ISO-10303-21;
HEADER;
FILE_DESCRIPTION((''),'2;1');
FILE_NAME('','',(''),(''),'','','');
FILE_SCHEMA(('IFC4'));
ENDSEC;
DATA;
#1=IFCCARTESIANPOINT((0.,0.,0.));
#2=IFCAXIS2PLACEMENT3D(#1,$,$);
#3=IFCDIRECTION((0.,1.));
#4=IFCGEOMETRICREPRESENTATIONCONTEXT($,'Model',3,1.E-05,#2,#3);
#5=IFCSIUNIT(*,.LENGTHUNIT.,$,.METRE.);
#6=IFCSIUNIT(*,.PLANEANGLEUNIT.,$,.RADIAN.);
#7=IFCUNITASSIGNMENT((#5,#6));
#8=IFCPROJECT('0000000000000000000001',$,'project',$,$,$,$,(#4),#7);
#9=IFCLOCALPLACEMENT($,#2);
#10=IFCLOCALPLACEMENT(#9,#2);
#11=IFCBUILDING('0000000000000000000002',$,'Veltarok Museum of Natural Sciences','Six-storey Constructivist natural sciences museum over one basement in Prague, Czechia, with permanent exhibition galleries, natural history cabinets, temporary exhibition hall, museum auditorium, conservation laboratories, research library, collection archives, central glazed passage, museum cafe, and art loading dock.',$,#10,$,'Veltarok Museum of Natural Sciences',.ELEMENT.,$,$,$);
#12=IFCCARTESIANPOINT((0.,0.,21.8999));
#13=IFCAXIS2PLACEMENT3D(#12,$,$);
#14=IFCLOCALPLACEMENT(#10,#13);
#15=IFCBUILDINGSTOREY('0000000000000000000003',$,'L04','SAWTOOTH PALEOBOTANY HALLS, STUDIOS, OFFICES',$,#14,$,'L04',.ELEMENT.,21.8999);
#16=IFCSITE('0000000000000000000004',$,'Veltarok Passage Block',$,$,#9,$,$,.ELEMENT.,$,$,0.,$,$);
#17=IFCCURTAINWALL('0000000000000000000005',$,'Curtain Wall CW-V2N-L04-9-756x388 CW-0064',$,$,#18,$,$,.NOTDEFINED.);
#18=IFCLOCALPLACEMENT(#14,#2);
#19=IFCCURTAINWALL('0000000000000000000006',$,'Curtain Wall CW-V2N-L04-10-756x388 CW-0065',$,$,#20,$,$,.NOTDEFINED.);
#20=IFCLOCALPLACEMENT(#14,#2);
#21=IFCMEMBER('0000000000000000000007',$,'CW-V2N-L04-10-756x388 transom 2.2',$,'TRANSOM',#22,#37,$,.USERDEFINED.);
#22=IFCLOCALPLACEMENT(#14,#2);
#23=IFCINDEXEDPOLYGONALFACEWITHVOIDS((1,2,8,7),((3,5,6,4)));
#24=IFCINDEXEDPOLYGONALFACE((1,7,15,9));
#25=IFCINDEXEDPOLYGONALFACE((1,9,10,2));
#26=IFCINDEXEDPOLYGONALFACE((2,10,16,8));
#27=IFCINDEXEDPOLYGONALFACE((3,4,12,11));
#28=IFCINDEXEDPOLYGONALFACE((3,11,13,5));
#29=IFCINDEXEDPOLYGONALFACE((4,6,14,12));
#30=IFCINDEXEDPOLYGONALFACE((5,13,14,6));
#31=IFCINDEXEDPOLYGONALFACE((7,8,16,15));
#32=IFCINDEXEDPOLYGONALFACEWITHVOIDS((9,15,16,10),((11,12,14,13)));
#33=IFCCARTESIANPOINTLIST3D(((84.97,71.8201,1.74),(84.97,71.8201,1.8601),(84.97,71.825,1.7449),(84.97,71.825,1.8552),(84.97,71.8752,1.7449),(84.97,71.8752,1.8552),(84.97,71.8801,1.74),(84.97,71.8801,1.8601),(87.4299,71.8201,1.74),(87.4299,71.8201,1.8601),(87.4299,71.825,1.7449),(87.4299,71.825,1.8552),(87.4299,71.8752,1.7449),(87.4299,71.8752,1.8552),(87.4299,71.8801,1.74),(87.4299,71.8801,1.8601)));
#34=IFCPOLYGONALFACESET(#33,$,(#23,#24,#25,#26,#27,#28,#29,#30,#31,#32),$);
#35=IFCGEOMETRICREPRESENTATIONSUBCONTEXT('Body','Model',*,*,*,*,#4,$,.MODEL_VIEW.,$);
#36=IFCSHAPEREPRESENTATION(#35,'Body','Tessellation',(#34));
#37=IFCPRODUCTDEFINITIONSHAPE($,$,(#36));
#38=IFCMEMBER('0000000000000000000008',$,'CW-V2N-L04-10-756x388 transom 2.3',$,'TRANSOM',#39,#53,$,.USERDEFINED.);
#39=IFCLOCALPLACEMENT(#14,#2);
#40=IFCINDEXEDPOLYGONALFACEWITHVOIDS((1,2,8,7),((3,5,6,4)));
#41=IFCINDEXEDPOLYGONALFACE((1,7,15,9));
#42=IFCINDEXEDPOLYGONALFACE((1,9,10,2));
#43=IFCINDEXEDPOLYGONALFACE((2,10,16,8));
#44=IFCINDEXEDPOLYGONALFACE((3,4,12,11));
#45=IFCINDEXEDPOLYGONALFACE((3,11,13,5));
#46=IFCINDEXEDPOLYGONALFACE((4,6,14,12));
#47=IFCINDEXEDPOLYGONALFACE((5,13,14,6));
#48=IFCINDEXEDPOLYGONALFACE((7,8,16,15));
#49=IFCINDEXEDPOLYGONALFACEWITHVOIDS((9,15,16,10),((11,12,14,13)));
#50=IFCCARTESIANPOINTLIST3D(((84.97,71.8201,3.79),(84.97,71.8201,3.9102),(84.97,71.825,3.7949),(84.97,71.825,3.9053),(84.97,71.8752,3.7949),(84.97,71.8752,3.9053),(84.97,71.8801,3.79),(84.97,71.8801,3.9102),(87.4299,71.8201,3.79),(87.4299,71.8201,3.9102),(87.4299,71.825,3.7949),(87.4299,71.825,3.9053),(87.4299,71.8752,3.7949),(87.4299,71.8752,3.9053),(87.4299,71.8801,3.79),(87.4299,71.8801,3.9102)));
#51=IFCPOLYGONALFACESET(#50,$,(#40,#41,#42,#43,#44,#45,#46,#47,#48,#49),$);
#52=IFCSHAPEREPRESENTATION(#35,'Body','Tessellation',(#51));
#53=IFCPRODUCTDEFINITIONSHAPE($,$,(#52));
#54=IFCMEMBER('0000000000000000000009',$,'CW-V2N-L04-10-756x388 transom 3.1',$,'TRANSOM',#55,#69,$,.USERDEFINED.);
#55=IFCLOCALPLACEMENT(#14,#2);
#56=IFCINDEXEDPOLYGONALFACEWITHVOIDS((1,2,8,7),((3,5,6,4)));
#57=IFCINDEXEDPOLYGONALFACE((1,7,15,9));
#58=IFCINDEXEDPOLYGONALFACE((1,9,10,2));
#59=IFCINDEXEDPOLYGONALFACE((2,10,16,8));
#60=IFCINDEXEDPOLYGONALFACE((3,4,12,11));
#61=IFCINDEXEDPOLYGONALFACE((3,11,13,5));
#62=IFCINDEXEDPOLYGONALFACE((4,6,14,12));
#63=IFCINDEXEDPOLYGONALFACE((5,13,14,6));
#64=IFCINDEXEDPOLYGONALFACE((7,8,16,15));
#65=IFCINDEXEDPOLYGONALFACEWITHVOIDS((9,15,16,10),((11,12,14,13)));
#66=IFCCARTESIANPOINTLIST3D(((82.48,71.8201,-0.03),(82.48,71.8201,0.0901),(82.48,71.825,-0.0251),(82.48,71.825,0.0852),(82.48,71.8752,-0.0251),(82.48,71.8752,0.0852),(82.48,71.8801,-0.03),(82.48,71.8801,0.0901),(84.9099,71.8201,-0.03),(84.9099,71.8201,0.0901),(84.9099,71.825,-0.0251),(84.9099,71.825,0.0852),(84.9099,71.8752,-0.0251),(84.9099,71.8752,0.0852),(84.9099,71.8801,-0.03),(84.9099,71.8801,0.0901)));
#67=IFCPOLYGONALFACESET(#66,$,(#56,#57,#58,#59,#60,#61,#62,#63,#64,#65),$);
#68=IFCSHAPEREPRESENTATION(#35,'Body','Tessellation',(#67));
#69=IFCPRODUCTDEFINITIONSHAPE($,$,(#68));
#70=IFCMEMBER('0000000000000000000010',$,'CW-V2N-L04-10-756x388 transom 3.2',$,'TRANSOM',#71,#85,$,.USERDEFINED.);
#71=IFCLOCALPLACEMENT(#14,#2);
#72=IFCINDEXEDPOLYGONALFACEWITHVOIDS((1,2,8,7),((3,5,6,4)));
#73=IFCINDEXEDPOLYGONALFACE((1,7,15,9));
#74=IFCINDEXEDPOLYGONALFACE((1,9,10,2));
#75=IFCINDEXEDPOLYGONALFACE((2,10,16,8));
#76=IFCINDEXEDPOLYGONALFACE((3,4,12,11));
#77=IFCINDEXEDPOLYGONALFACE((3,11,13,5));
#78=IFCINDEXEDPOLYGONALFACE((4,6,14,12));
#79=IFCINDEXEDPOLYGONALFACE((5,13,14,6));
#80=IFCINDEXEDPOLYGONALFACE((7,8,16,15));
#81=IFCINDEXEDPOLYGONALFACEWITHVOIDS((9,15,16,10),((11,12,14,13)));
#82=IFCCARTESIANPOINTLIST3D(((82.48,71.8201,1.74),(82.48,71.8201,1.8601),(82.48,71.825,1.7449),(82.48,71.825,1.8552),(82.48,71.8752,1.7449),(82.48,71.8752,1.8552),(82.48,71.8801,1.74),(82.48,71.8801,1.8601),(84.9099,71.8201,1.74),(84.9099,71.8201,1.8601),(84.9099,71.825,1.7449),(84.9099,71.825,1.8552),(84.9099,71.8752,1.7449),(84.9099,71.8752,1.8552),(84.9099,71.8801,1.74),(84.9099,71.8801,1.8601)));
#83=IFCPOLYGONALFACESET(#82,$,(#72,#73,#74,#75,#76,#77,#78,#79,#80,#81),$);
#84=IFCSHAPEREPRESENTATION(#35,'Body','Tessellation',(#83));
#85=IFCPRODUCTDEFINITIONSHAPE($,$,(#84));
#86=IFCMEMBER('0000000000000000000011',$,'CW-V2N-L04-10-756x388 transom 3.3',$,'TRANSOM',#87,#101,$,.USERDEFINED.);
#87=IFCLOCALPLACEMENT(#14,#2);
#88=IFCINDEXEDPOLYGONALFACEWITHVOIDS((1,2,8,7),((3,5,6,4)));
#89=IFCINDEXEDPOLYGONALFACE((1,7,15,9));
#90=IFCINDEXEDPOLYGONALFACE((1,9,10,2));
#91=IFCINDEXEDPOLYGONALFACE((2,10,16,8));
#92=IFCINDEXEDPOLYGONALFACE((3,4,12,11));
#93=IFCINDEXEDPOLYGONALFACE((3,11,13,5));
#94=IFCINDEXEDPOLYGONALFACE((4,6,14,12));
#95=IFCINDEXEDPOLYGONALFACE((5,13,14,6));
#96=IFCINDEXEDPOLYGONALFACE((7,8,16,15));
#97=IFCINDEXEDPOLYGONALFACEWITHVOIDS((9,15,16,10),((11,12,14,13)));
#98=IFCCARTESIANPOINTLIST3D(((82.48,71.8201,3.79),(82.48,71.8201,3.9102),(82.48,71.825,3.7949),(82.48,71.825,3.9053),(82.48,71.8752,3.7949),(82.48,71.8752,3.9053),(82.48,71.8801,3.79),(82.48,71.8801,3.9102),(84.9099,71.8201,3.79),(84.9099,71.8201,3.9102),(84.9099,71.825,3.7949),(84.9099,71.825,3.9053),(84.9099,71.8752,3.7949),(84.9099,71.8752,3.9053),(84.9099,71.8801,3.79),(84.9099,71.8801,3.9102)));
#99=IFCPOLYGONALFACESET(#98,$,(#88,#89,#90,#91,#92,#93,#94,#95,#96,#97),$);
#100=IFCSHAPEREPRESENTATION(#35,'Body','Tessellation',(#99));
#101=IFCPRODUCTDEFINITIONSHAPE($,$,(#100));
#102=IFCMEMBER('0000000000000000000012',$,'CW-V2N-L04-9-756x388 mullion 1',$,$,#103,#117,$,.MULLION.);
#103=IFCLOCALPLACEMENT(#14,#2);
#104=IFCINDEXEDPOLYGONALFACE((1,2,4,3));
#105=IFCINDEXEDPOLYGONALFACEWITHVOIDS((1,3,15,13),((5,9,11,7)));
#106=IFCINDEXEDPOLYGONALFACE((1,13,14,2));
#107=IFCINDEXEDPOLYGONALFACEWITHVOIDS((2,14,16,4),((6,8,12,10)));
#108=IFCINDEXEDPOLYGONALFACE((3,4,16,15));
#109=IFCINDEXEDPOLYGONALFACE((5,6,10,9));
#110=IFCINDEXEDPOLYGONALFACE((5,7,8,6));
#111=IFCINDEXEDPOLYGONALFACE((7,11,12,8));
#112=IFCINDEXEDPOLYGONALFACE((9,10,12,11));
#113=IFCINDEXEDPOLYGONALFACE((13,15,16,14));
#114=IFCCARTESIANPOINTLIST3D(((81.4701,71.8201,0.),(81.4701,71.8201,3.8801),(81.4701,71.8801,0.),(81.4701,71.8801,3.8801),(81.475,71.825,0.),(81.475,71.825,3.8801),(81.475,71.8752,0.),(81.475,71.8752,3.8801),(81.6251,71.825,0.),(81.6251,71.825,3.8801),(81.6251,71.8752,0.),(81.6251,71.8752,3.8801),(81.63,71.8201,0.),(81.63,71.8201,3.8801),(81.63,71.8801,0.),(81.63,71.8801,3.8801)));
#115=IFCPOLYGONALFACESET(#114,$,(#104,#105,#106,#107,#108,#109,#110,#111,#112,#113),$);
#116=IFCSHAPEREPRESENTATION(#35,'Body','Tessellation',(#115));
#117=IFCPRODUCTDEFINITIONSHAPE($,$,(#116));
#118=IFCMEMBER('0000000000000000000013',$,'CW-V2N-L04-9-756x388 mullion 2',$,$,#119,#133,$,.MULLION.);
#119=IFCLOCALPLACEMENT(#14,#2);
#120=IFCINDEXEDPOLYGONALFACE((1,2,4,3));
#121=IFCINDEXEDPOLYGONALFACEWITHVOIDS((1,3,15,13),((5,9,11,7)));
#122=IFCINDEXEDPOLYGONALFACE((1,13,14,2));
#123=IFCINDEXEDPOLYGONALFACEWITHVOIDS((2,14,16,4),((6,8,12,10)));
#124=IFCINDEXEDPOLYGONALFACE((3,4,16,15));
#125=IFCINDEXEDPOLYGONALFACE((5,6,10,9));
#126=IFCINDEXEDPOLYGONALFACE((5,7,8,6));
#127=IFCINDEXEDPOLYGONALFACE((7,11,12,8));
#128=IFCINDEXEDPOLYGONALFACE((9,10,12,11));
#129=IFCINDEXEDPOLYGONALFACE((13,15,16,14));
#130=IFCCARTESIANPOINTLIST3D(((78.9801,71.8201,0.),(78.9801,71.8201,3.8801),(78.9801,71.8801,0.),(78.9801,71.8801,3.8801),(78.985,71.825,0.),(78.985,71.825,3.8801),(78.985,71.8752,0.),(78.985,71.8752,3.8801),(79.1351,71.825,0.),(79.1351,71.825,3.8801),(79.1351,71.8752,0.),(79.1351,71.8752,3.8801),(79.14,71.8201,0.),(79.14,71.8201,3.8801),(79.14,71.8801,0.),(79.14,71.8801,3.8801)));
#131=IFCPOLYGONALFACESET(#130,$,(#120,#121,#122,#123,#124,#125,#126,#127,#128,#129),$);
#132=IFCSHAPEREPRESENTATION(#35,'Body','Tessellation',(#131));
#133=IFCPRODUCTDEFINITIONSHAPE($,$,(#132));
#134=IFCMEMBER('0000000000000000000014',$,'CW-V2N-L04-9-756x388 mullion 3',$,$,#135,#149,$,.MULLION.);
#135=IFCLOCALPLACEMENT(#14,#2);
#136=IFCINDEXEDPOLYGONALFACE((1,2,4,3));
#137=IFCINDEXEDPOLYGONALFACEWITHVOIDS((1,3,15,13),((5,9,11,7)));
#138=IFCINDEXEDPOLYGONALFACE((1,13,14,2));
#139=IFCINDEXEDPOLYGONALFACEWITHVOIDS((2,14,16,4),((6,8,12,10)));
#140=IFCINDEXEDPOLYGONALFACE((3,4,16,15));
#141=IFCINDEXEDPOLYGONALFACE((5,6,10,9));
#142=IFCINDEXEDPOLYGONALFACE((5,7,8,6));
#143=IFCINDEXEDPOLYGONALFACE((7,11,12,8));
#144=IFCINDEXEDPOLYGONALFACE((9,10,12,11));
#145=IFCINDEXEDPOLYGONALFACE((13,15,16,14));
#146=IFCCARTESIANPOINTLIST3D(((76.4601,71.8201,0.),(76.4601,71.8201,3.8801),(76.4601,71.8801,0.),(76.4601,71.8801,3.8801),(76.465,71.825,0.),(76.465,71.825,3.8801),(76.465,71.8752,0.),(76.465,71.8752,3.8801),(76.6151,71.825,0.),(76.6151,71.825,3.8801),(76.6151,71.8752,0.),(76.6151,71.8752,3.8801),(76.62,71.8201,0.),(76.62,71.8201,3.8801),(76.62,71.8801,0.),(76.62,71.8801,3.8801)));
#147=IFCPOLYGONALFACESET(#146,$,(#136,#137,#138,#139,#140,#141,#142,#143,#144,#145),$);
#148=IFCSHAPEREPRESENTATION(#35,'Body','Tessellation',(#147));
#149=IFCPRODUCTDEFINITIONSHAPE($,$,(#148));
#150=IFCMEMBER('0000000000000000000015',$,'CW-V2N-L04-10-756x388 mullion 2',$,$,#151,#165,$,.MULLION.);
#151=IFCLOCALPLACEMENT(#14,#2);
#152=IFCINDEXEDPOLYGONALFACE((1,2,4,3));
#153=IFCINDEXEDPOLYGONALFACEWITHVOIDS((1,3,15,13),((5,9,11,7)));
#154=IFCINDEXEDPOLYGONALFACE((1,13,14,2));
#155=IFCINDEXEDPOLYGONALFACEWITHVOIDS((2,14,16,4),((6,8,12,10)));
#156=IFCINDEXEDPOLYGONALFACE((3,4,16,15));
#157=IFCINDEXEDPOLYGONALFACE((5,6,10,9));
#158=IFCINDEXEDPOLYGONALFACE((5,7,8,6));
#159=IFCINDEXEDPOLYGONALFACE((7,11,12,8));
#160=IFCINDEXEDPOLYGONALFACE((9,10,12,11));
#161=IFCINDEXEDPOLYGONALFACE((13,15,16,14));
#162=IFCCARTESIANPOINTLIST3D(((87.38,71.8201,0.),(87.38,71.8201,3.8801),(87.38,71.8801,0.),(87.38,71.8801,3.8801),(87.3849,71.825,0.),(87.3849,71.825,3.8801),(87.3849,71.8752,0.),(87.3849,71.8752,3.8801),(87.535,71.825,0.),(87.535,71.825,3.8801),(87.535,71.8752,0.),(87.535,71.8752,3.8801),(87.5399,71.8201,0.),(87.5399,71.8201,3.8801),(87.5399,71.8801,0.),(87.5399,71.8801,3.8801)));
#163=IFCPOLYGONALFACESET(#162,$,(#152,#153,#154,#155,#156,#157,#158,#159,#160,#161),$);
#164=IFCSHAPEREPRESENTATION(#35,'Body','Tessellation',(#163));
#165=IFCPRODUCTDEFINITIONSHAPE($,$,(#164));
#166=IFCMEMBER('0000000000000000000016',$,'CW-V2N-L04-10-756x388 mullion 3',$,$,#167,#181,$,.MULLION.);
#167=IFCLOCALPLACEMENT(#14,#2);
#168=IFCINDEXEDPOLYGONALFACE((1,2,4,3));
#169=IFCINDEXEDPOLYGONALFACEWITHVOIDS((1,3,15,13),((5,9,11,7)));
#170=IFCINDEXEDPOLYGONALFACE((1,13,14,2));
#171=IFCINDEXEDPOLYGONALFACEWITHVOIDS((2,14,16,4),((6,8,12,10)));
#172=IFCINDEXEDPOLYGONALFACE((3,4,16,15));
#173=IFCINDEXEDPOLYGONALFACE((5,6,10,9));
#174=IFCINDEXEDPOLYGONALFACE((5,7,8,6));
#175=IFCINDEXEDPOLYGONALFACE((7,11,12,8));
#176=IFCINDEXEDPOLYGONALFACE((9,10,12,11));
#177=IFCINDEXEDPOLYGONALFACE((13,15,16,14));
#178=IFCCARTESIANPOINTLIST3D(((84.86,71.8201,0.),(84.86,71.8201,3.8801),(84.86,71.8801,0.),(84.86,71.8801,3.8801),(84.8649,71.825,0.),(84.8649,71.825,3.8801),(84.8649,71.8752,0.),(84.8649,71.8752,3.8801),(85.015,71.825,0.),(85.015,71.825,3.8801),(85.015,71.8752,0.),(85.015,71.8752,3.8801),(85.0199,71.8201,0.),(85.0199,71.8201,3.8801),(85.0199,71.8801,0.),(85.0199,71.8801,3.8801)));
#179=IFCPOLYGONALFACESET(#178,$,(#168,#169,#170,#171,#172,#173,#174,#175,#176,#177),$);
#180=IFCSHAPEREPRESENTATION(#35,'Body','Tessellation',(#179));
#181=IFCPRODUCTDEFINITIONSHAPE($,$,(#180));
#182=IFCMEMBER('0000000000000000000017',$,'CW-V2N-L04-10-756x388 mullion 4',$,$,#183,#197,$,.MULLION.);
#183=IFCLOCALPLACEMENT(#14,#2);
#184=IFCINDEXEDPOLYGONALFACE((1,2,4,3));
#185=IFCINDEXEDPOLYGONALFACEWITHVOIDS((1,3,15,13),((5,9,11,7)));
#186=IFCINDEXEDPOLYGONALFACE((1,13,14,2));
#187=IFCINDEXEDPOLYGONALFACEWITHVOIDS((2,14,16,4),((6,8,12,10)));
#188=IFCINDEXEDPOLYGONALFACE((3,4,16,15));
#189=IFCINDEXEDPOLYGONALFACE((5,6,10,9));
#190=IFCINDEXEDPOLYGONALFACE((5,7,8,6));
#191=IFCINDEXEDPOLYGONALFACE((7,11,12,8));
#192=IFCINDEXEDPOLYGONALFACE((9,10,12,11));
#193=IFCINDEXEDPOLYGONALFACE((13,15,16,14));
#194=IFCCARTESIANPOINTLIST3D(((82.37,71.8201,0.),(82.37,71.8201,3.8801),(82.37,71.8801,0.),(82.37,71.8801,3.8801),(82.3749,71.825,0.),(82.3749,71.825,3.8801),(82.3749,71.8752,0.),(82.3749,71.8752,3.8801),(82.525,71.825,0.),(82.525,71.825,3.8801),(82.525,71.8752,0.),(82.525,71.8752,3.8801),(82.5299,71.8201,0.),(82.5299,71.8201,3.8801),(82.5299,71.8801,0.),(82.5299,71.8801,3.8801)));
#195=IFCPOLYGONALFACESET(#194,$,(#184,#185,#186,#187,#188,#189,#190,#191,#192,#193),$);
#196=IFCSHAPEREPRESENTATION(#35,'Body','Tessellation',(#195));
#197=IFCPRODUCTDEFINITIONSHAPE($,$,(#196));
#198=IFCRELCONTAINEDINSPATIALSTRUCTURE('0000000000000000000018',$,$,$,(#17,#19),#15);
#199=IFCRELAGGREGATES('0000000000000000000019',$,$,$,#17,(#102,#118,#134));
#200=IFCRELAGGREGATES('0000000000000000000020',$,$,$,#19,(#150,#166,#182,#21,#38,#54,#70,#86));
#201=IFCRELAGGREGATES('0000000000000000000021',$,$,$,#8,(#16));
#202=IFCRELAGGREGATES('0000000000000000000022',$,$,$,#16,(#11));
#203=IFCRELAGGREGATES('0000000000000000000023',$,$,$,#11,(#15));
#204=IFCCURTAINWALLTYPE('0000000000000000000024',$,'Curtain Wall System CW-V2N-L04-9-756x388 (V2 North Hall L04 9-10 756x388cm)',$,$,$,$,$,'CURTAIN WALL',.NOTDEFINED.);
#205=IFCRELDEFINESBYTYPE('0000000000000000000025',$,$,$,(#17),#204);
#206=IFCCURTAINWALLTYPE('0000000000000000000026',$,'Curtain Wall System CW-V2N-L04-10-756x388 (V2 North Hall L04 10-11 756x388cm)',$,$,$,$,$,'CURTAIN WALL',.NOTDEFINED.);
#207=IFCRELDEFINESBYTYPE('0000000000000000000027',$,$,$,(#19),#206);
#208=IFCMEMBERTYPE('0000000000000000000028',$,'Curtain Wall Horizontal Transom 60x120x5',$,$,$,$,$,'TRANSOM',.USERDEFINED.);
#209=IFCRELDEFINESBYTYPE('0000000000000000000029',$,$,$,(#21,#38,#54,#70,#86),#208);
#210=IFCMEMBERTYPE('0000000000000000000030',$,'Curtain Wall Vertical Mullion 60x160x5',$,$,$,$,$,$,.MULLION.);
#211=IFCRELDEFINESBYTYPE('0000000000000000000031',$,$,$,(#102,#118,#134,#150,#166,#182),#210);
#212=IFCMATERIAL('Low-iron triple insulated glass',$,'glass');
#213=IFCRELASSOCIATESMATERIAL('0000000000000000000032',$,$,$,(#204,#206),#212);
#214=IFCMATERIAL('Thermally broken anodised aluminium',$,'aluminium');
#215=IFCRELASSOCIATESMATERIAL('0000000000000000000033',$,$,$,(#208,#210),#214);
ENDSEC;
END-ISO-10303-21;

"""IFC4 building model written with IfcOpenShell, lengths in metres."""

from ifc_helpers import new_model, si_unit, direction, frame, origin, origin_2d, place, context, subcontext, project, spatial, hollow_rectangle, extrude, material, material_profile, profile_set, type_object, element, aggregate, save


model = new_model("IFC4")

# Units and contexts
model_context = context("Model", 3, precision=1e-05, world=origin(), true_north=direction((0.0, 1.0)))
body_context = subcontext(model_context, "Body", "Model", "MODEL_VIEW")
ifc_project = project(units=[si_unit("LENGTHUNIT", "METRE"), si_unit("PLANEANGLEUNIT", "RADIAN")], contexts=[model_context])

# Site, building, storey
site_placement = place(None, origin())
site = spatial("IfcSite", under=ifc_project, at=site_placement, Name="Veltarok Passage Block", CompositionType="ELEMENT", RefElevation=0.0)
building_placement = place(site_placement, origin())
building = spatial("IfcBuilding", under=site, at=building_placement, Name="Veltarok Museum of Natural Sciences", Description="Six-storey Constructivist natural sciences museum over one basement in Prague, Czechia, with permanent exhibition galleries, natural history cabinets, temporary exhibition hall, museum auditorium, conservation laboratories, research library, collection archives, central glazed passage, museum cafe, and art loading dock.", LongName="Veltarok Museum of Natural Sciences", CompositionType="ELEMENT")
storey_placement = place(building_placement, frame((0.0, 0.0, 21.8999)))
storey = spatial("IfcBuildingStorey", under=building, at=storey_placement, Name="L04", Description="SAWTOOTH PALEOBOTANY HALLS, STUDIOS, OFFICES", LongName="L04", CompositionType="ELEMENT", Elevation=21.8999)

# Curtain walls, members
ifc_material_1 = material(Name="Low-iron triple insulated glass", Category="glass")
curtain_wall_type_1 = type_object("IfcCurtainWallType", Name="Curtain Wall System CW-V2N-L04-9-756x388 (V2 North Hall L04 9-10 756x388cm)", ElementType="CURTAIN WALL", PredefinedType="NOTDEFINED", material=ifc_material_1)
curtain_wall_1_placement = place(storey_placement, origin())
curtain_wall_1 = element("IfcCurtainWall", 1, at=curtain_wall_1_placement, inside=storey, type_object=curtain_wall_type_1, Name="Curtain Wall CW-V2N-L04-9-756x388 CW-0064", PredefinedType="NOTDEFINED")
ifc_material_2 = material(Name="Thermally broken anodised aluminium", Category="aluminium")
ifc_material_profile_1 = material_profile(ifc_material_2, hollow_rectangle(XDim=0.0601, YDim=0.1201, WallThickness=0.0049, at=origin_2d()), Name="CW TRANSOM 60x120x5")
ifc_profile_set_1 = profile_set([ifc_material_profile_1], Name="Thermally broken anodised aluminium")
member_type_1 = type_object("IfcMemberType", Name="Curtain Wall Horizontal Transom 60x120x5", ElementType="TRANSOM", PredefinedType="USERDEFINED", material=ifc_profile_set_1)
curtain_wall_type_2 = type_object("IfcCurtainWallType", Name="Curtain Wall System CW-V2N-L04-10-756x388 (V2 North Hall L04 10-11 756x388cm)", ElementType="CURTAIN WALL", PredefinedType="NOTDEFINED", material=ifc_material_1)
curtain_wall_2_placement = place(storey_placement, origin())
curtain_wall_2 = element("IfcCurtainWall", 2, at=curtain_wall_2_placement, inside=storey, type_object=curtain_wall_type_2, Name="Curtain Wall CW-V2N-L04-10-756x388 CW-0065", PredefinedType="NOTDEFINED")
member_1_placement = place(storey_placement, frame((87.4299, 71.8501, 1.8), z_axis=(-1.0, 0.0, 0.0), x_axis=(0.0, -1.0, 0.0)))
member_1 = element("IfcMember", 3, at=member_1_placement, type_object=member_type_1, Name="CW-V2N-L04-10-756x388 transom 2.2", ObjectType="TRANSOM", PredefinedType="USERDEFINED", context=body_context, shape_type="SweptSolid", body=[
    extrude(hollow_rectangle(XDim=0.0601, YDim=0.1201, WallThickness=0.0049, at=origin_2d()), origin(), (0.0, 0.0, 1.0), 2.46),
])
member_2_placement = place(storey_placement, frame((87.4299, 71.8501, 3.8501), z_axis=(-1.0, 0.0, 0.0), x_axis=(0.0, -1.0, 0.0)))
member_2 = element("IfcMember", 4, at=member_2_placement, type_object=member_type_1, Name="CW-V2N-L04-10-756x388 transom 2.3", ObjectType="TRANSOM", PredefinedType="USERDEFINED", context=body_context, shape_type="SweptSolid", body=[
    extrude(hollow_rectangle(XDim=0.0601, YDim=0.1201, WallThickness=0.0049, at=origin_2d()), origin(), (0.0, 0.0, 1.0), 2.46),
])
member_3_placement = place(storey_placement, frame((84.9099, 71.8501, 0.03), z_axis=(-1.0, 0.0, 0.0), x_axis=(0.0, -1.0, 0.0)))
member_3 = element("IfcMember", 5, at=member_3_placement, type_object=member_type_1, Name="CW-V2N-L04-10-756x388 transom 3.1", ObjectType="TRANSOM", PredefinedType="USERDEFINED", context=body_context, shape_type="SweptSolid", body=[
    extrude(hollow_rectangle(XDim=0.0601, YDim=0.1201, WallThickness=0.0049, at=origin_2d()), origin(), (0.0, 0.0, 1.0), 2.4299),
])
member_4_placement = place(storey_placement, frame((84.9099, 71.8501, 1.8), z_axis=(-1.0, 0.0, 0.0), x_axis=(0.0, -1.0, 0.0)))
member_4 = element("IfcMember", 6, at=member_4_placement, type_object=member_type_1, Name="CW-V2N-L04-10-756x388 transom 3.2", ObjectType="TRANSOM", PredefinedType="USERDEFINED", context=body_context, shape_type="SweptSolid", body=[
    extrude(hollow_rectangle(XDim=0.0601, YDim=0.1201, WallThickness=0.0049, at=origin_2d()), origin(), (0.0, 0.0, 1.0), 2.4299),
])
member_5_placement = place(storey_placement, frame((84.9099, 71.8501, 3.8501), z_axis=(-1.0, 0.0, 0.0), x_axis=(0.0, -1.0, 0.0)))
member_5 = element("IfcMember", 7, at=member_5_placement, type_object=member_type_1, Name="CW-V2N-L04-10-756x388 transom 3.3", ObjectType="TRANSOM", PredefinedType="USERDEFINED", context=body_context, shape_type="SweptSolid", body=[
    extrude(hollow_rectangle(XDim=0.0601, YDim=0.1201, WallThickness=0.0049, at=origin_2d()), origin(), (0.0, 0.0, 1.0), 2.4299),
])

# Members
ifc_material_profile_2 = material_profile(ifc_material_2, hollow_rectangle(XDim=0.0601, YDim=0.1599, WallThickness=0.0049, at=origin_2d()), Name="CW MULLION 60x160x5")
ifc_profile_set_2 = profile_set([ifc_material_profile_2], Name="Thermally broken anodised aluminium")
member_type_2 = type_object("IfcMemberType", Name="Curtain Wall Vertical Mullion 60x160x5", PredefinedType="MULLION", material=ifc_profile_set_2)
member_6_placement = place(storey_placement, frame((81.55, 71.8501, 0.0), z_axis=(0.0, 0.0, 1.0), x_axis=(0.0, -1.0, 0.0)))
member_6 = element("IfcMember", 8, at=member_6_placement, type_object=member_type_2, Name="CW-V2N-L04-9-756x388 mullion 1", PredefinedType="MULLION", context=body_context, shape_type="SweptSolid", body=[
    extrude(hollow_rectangle(XDim=0.0601, YDim=0.1599, WallThickness=0.0049, at=origin_2d()), origin(), (0.0, 0.0, 1.0), 3.8801),
])
member_7_placement = place(storey_placement, frame((79.0601, 71.8501, 0.0), z_axis=(0.0, 0.0, 1.0), x_axis=(0.0, -1.0, 0.0)))
member_7 = element("IfcMember", 9, at=member_7_placement, type_object=member_type_2, Name="CW-V2N-L04-9-756x388 mullion 2", PredefinedType="MULLION", context=body_context, shape_type="SweptSolid", body=[
    extrude(hollow_rectangle(XDim=0.0601, YDim=0.1599, WallThickness=0.0049, at=origin_2d()), origin(), (0.0, 0.0, 1.0), 3.8801),
])
member_8_placement = place(storey_placement, frame((76.54, 71.8501, 0.0), z_axis=(0.0, 0.0, 1.0), x_axis=(0.0, -1.0, 0.0)))
member_8 = element("IfcMember", 10, at=member_8_placement, type_object=member_type_2, Name="CW-V2N-L04-9-756x388 mullion 3", PredefinedType="MULLION", context=body_context, shape_type="SweptSolid", body=[
    extrude(hollow_rectangle(XDim=0.0601, YDim=0.1599, WallThickness=0.0049, at=origin_2d()), origin(), (0.0, 0.0, 1.0), 3.8801),
])
member_9_placement = place(storey_placement, frame((87.46, 71.8501, 0.0), z_axis=(0.0, 0.0, 1.0), x_axis=(0.0, -1.0, 0.0)))
member_9 = element("IfcMember", 11, at=member_9_placement, type_object=member_type_2, Name="CW-V2N-L04-10-756x388 mullion 2", PredefinedType="MULLION", context=body_context, shape_type="SweptSolid", body=[
    extrude(hollow_rectangle(XDim=0.0601, YDim=0.1599, WallThickness=0.0049, at=origin_2d()), origin(), (0.0, 0.0, 1.0), 3.8801),
])
member_10_placement = place(storey_placement, frame((84.9399, 71.8501, 0.0), z_axis=(0.0, 0.0, 1.0), x_axis=(0.0, -1.0, 0.0)))
member_10 = element("IfcMember", 12, at=member_10_placement, type_object=member_type_2, Name="CW-V2N-L04-10-756x388 mullion 3", PredefinedType="MULLION", context=body_context, shape_type="SweptSolid", body=[
    extrude(hollow_rectangle(XDim=0.0601, YDim=0.1599, WallThickness=0.0049, at=origin_2d()), origin(), (0.0, 0.0, 1.0), 3.8801),
])
member_11_placement = place(storey_placement, frame((82.45, 71.8501, 0.0), z_axis=(0.0, 0.0, 1.0), x_axis=(0.0, -1.0, 0.0)))
member_11 = element("IfcMember", 13, at=member_11_placement, type_object=member_type_2, Name="CW-V2N-L04-10-756x388 mullion 4", PredefinedType="MULLION", context=body_context, shape_type="SweptSolid", body=[
    extrude(hollow_rectangle(XDim=0.0601, YDim=0.1599, WallThickness=0.0049, at=origin_2d()), origin(), (0.0, 0.0, 1.0), 3.8801),
])

aggregate(curtain_wall_1, [member_6, member_7, member_8])
aggregate(curtain_wall_2, [member_9, member_10, member_11, member_1, member_2, member_3, member_4, member_5])

save(model, "model.ifc")
